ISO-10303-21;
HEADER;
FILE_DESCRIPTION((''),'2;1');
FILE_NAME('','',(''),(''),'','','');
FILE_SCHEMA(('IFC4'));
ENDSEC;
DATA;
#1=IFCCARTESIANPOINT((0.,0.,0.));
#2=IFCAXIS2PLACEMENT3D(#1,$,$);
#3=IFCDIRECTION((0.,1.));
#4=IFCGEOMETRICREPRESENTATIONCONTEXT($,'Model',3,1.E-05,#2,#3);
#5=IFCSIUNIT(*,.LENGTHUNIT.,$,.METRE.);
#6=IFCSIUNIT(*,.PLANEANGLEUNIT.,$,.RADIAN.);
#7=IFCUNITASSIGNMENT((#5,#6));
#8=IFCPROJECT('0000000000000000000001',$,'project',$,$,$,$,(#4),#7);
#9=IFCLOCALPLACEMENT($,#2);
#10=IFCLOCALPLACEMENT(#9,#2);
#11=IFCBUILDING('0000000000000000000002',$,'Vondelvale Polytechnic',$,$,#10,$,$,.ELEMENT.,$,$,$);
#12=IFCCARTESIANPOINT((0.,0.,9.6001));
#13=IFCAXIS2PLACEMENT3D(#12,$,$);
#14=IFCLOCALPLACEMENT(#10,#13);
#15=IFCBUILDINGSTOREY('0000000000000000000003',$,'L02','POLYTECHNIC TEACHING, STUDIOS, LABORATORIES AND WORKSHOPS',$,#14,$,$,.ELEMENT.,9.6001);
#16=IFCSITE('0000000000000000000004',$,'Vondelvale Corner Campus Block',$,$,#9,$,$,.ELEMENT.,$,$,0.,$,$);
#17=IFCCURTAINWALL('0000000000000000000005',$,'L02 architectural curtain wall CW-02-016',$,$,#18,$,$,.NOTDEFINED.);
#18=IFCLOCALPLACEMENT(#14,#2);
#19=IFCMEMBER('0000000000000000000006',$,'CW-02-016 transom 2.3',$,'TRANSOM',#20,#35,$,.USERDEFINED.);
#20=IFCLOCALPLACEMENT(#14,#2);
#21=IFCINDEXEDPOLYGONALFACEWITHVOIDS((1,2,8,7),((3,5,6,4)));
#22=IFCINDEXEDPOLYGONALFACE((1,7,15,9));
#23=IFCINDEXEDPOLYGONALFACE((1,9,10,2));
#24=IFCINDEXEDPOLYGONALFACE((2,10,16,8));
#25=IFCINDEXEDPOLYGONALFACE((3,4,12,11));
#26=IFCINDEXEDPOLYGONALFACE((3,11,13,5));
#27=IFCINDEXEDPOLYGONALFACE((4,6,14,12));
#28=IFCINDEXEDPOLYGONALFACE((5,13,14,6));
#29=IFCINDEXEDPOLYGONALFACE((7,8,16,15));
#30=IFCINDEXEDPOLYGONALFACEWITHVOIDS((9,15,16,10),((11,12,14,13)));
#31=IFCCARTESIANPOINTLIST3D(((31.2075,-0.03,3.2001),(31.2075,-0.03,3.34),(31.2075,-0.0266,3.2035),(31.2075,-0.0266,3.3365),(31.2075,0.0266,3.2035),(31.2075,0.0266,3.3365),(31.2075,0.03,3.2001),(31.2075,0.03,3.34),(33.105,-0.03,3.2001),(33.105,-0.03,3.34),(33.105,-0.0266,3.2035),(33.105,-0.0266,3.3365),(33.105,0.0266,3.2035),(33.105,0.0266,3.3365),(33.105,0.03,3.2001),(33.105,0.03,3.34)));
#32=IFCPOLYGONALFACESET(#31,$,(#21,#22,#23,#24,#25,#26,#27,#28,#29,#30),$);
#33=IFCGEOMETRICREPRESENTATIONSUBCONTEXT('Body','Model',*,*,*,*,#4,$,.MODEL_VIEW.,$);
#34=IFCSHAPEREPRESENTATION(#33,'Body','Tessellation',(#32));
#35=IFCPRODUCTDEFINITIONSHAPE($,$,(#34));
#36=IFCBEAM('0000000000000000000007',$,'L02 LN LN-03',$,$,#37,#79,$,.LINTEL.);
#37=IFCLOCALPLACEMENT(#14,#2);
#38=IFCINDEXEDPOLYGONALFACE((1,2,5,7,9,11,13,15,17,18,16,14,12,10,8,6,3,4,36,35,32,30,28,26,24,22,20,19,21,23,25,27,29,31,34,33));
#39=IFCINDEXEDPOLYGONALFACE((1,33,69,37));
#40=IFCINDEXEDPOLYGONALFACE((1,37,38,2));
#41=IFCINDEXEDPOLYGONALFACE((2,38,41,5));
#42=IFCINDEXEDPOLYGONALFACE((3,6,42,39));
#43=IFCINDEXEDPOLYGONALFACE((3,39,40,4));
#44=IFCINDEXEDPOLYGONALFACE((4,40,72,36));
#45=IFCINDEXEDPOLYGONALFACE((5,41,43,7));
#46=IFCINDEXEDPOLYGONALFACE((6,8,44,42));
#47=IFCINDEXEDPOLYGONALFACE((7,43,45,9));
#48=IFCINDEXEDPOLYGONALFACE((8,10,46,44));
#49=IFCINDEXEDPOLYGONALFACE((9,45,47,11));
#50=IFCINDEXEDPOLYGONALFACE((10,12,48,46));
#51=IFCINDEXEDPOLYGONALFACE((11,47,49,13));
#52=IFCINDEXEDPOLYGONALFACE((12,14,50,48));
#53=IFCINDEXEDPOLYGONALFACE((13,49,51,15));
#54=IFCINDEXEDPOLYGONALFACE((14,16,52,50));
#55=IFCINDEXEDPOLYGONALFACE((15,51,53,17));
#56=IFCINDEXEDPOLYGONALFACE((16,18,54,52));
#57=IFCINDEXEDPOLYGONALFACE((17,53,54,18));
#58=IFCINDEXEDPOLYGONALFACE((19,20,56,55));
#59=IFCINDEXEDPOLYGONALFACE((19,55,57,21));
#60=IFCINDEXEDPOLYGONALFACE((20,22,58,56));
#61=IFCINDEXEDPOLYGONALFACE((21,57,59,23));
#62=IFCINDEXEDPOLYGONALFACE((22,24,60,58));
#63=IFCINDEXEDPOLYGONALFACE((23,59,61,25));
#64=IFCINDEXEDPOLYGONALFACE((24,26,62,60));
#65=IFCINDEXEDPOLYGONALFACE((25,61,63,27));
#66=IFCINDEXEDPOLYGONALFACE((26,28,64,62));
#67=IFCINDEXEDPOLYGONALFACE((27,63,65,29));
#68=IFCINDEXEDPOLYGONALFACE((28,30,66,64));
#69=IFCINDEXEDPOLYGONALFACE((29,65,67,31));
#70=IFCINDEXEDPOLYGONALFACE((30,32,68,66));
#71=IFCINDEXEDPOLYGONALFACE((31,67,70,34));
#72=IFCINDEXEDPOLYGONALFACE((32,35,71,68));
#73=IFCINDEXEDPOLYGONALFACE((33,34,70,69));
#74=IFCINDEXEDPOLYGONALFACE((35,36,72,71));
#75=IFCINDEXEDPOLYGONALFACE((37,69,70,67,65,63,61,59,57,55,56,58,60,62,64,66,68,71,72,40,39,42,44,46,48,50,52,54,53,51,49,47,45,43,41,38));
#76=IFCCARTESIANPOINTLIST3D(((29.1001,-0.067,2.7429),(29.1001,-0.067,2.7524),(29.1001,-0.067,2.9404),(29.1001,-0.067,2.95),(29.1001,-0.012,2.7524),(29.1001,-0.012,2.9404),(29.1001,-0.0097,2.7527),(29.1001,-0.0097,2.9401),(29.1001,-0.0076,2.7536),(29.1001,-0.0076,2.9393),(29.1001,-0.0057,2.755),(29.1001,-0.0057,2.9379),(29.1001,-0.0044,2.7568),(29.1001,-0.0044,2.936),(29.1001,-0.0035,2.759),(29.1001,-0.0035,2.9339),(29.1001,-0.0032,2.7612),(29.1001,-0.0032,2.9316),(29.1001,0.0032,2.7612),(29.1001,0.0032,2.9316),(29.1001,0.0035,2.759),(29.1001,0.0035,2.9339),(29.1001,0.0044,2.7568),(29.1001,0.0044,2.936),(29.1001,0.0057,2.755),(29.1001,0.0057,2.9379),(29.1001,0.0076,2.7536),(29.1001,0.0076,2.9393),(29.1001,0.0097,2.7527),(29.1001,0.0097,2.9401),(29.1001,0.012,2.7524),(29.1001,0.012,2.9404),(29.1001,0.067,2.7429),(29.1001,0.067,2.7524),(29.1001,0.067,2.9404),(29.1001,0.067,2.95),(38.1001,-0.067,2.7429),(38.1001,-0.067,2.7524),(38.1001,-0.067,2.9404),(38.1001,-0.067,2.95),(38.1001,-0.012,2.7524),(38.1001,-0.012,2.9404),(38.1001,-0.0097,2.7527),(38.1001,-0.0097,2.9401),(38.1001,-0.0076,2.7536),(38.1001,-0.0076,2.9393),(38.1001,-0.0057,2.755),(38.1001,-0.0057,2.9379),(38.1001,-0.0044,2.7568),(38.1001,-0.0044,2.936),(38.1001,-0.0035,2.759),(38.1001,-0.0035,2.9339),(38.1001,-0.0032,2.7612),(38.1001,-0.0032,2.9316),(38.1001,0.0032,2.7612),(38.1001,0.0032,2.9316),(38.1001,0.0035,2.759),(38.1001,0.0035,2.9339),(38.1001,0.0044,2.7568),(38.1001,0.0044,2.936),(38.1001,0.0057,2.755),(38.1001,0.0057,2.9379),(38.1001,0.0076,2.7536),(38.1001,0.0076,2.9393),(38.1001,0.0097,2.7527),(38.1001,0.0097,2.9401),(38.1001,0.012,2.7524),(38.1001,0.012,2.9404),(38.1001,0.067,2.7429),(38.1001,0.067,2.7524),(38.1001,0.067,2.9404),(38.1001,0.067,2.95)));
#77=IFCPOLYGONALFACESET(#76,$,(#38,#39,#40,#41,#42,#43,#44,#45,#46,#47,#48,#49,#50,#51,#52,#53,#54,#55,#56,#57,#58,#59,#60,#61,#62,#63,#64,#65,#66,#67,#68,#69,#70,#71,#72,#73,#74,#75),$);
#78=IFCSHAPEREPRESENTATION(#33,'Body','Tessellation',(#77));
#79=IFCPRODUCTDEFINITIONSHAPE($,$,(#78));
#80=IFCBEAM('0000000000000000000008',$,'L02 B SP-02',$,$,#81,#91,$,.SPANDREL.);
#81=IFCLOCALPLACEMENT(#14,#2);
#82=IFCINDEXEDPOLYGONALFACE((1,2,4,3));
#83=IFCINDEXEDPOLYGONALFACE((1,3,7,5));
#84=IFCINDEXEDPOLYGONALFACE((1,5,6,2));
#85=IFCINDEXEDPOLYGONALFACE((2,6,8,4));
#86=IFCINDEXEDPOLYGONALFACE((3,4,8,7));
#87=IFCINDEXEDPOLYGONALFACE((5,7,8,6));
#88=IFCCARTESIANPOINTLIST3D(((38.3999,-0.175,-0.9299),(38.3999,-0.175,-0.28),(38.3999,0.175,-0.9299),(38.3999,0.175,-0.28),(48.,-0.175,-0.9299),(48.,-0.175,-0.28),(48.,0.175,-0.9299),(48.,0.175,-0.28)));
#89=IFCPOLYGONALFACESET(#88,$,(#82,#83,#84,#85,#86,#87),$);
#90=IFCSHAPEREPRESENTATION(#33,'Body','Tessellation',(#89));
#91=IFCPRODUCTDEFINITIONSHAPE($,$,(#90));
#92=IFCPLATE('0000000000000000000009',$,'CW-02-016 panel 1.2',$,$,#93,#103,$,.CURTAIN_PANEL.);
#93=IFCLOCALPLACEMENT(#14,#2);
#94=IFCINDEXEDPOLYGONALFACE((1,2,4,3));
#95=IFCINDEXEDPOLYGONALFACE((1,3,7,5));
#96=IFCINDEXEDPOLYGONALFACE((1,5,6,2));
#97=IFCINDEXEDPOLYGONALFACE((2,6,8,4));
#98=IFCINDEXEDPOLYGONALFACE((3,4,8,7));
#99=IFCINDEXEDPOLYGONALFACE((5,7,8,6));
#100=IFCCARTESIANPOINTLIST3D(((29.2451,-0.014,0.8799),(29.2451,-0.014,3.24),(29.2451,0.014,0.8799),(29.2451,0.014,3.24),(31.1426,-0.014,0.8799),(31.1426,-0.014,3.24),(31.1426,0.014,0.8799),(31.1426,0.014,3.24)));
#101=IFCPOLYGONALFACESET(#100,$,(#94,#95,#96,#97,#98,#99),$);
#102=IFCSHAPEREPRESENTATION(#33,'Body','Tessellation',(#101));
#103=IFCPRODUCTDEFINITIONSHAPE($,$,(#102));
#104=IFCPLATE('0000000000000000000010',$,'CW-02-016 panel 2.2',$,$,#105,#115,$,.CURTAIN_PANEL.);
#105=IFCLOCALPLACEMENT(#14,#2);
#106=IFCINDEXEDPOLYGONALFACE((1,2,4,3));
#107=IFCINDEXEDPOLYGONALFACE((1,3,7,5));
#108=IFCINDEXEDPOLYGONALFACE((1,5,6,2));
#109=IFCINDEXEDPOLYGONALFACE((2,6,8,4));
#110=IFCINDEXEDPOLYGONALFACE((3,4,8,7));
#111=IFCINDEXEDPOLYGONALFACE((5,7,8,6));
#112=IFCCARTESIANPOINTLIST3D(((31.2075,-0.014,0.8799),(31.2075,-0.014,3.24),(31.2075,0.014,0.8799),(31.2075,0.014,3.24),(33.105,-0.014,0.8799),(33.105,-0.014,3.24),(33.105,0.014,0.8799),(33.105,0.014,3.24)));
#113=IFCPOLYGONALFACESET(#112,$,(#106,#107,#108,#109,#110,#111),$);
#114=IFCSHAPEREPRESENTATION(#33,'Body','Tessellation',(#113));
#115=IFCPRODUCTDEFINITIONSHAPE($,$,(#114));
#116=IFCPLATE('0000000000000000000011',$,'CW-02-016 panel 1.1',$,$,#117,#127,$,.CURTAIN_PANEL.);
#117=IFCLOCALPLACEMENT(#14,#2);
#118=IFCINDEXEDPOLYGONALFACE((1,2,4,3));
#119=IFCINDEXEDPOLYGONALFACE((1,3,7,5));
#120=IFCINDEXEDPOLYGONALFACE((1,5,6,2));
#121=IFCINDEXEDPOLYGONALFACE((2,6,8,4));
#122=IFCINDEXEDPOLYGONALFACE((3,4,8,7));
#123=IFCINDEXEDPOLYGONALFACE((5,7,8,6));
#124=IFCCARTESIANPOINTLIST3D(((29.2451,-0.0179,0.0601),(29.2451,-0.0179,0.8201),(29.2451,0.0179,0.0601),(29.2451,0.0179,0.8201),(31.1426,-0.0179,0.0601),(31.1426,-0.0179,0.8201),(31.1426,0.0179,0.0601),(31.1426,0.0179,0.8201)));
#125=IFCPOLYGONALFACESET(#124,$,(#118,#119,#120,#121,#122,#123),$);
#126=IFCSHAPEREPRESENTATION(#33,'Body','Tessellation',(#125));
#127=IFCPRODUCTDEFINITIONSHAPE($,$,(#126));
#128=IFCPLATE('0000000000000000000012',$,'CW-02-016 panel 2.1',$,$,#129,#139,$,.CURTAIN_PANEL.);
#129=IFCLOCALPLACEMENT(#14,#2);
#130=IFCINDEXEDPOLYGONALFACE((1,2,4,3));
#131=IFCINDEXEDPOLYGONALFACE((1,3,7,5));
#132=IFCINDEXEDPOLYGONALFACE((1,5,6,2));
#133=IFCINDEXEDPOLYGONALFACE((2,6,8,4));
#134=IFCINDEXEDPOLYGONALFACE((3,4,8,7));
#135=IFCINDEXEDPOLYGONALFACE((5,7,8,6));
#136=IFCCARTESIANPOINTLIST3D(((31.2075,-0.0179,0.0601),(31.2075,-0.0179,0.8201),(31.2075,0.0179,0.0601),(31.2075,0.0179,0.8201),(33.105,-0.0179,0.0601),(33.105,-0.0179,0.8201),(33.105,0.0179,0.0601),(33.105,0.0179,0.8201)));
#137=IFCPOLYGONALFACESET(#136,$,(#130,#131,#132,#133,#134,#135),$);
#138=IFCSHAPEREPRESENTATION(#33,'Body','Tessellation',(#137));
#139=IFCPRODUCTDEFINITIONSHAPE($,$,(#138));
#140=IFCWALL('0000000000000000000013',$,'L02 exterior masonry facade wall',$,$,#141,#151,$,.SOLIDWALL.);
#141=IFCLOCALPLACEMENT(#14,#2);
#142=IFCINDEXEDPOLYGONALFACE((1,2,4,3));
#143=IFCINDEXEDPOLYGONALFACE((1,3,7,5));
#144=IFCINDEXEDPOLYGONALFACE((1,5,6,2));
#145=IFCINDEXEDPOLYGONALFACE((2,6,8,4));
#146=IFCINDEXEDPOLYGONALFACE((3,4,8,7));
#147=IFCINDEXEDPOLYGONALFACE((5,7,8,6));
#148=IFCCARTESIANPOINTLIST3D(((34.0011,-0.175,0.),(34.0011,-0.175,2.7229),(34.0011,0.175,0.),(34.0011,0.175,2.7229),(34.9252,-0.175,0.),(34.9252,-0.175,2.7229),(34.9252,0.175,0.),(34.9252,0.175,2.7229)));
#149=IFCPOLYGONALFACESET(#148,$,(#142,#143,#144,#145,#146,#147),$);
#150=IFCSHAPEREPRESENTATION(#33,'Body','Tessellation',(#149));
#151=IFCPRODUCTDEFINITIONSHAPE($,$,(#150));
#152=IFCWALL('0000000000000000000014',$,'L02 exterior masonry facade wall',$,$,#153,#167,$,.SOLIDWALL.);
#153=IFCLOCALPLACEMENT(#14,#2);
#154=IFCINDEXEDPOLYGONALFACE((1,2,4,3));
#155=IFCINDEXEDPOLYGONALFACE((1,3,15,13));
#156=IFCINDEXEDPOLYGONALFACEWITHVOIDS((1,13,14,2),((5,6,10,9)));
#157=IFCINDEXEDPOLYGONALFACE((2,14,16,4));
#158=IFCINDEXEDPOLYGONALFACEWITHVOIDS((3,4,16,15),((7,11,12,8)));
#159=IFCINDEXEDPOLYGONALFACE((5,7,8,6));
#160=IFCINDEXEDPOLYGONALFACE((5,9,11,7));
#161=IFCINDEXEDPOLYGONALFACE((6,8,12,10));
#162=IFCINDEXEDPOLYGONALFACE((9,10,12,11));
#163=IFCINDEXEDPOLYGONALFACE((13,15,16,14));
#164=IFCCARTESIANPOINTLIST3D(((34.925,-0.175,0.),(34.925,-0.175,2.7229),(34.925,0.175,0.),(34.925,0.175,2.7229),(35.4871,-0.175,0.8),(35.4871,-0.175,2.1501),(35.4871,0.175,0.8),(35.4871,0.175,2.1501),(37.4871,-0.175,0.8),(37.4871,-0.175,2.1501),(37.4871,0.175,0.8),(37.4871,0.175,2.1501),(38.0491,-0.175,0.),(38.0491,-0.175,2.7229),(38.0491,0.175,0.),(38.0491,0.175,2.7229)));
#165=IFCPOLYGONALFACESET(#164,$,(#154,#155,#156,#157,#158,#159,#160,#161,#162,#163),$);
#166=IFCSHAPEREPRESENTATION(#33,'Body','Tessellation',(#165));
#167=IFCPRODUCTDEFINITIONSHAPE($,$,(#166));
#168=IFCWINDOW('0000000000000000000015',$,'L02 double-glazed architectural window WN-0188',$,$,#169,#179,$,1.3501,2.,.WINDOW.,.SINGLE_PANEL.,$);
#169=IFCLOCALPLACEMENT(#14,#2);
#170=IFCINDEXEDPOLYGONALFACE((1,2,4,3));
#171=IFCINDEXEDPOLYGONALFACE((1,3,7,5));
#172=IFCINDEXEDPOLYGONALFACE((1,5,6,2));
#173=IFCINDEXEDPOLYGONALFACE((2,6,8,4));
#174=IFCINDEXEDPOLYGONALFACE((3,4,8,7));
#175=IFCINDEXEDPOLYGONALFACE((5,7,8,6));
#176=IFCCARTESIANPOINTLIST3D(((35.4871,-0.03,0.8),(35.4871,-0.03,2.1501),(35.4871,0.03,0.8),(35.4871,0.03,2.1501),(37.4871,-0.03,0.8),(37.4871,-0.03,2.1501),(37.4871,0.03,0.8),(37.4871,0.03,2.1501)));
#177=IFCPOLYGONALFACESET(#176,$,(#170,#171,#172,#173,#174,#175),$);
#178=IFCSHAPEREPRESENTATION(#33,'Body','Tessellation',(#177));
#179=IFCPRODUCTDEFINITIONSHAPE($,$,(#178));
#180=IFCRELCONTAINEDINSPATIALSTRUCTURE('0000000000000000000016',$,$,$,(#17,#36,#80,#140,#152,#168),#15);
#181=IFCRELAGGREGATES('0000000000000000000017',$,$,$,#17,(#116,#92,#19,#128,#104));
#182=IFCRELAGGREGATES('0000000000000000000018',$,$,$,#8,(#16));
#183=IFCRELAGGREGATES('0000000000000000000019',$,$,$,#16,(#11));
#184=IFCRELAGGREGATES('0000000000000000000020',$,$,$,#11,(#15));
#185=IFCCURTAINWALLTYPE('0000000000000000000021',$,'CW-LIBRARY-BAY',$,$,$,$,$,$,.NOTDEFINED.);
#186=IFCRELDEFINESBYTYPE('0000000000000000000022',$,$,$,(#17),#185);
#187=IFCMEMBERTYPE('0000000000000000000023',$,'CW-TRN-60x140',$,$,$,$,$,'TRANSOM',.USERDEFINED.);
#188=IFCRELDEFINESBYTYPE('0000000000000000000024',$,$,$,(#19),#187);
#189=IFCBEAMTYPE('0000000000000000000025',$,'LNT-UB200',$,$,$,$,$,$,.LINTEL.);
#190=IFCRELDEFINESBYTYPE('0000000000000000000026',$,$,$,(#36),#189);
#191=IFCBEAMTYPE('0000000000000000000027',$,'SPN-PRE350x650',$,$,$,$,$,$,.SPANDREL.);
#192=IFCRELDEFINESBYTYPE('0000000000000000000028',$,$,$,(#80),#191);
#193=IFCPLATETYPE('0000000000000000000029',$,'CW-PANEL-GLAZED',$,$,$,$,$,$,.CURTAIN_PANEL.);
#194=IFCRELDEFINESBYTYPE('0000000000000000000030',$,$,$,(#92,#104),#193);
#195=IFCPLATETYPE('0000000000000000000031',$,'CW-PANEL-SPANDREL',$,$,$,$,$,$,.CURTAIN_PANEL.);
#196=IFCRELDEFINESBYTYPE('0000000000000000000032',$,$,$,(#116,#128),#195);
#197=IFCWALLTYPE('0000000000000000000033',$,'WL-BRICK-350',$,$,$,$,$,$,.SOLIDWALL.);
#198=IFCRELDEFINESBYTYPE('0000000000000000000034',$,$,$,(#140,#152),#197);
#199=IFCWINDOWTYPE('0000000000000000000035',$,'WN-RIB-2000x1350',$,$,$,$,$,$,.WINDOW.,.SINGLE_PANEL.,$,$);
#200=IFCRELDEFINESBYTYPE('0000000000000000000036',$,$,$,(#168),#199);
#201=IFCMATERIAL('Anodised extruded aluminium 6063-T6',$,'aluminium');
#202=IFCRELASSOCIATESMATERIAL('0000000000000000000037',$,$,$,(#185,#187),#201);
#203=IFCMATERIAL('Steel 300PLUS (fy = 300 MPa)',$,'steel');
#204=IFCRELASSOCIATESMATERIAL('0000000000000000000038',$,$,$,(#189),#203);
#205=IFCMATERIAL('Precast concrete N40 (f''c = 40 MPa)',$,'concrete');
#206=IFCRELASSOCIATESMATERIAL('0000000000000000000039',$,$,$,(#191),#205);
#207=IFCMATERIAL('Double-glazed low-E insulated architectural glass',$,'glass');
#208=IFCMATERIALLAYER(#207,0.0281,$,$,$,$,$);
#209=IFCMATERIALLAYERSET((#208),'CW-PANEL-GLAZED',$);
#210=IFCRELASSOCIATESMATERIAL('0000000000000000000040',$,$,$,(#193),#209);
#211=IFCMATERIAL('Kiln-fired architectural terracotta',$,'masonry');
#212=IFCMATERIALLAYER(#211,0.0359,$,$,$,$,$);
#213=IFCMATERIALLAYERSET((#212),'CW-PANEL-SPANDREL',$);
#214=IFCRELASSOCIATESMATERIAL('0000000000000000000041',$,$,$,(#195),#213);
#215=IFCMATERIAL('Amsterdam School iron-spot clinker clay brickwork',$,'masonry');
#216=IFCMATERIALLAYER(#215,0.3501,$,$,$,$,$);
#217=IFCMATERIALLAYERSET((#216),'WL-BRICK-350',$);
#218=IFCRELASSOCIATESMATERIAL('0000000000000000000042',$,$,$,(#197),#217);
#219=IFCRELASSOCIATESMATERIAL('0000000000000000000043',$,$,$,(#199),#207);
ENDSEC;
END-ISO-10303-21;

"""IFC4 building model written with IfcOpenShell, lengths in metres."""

from ifc_helpers import new_model, si_unit, direction, frame, frame_2d, origin, origin_2d, place, context, subcontext, project, spatial, rectangle, hollow_rectangle, i_section, extrude, material, layer, layer_set, material_profile, profile_set, type_object, element, fill, aggregate, save


model = new_model("IFC4")

# Units and contexts
model_context = context("Model", 3, precision=1e-05, world=origin(), true_north=direction((0.0, 1.0)))
body_context = subcontext(model_context, "Body", "Model", "MODEL_VIEW")
ifc_project = project(units=[si_unit("LENGTHUNIT", "METRE"), si_unit("PLANEANGLEUNIT", "RADIAN")], contexts=[model_context])

# Site, building, storey
site_placement = place(None, origin())
site = spatial("IfcSite", under=ifc_project, at=site_placement, Name="Vondelvale Corner Campus Block", CompositionType="ELEMENT", RefElevation=0.0)
building_placement = place(site_placement, origin())
building = spatial("IfcBuilding", under=site, at=building_placement, Name="Vondelvale Polytechnic", CompositionType="ELEMENT")
storey_placement = place(building_placement, frame((0.0, 0.0, 9.6001)))
storey = spatial("IfcBuildingStorey", under=building, at=storey_placement, Name="L02", Description="POLYTECHNIC TEACHING, STUDIOS, LABORATORIES AND WORKSHOPS", CompositionType="ELEMENT", Elevation=9.6001)

# Curtain wall, member
ifc_material_1 = material(Name="Anodised extruded aluminium 6063-T6", Category="aluminium")
curtain_wall_type = type_object("IfcCurtainWallType", Name="CW-LIBRARY-BAY", PredefinedType="NOTDEFINED", material=ifc_material_1)
curtain_wall_placement = place(storey_placement, origin())
curtain_wall = element("IfcCurtainWall", 1, at=curtain_wall_placement, inside=storey, type_object=curtain_wall_type, Name="L02 architectural curtain wall CW-02-016", PredefinedType="NOTDEFINED")
ifc_material_profile_1 = material_profile(ifc_material_1, hollow_rectangle(XDim=0.0601, YDim=0.1399, WallThickness=0.0034, at=origin_2d()), Name="CW-TRN-140x60")
ifc_profile_set_1 = profile_set([ifc_material_profile_1], Name="Anodised extruded aluminium 6063-T6")
member_type_1 = type_object("IfcMemberType", Name="CW-TRN-60x140", ElementType="TRANSOM", PredefinedType="USERDEFINED", material=ifc_profile_set_1)
member_1_placement = place(storey_placement, frame((31.2075, 0.0, 3.27), z_axis=(1.0, 0.0, 0.0), x_axis=(0.0, 1.0, 0.0)))
member_1 = element("IfcMember", 2, at=member_1_placement, type_object=member_type_1, Name="CW-02-016 transom 2.3", ObjectType="TRANSOM", PredefinedType="USERDEFINED", context=body_context, shape_type="SweptSolid", body=[
    extrude(hollow_rectangle(XDim=0.0601, YDim=0.1399, WallThickness=0.0034, at=origin_2d()), origin(), (0.0, 0.0, 1.0), 1.8975),
])

# Beams
ifc_material_2 = material(Name="Steel 300PLUS (fy = 300 MPa)", Category="steel")
ifc_material_profile_2 = material_profile(ifc_material_2, i_section(OverallWidth=0.134, OverallDepth=0.207, WebThickness=0.0063, FlangeThickness=0.0095, FilletRadius=0.0088, at=origin_2d()), Name="200UB29.8")
ifc_profile_set_2 = profile_set([ifc_material_profile_2], Name="Steel 300PLUS (fy = 300 MPa)")
beam_type_1 = type_object("IfcBeamType", Name="LNT-UB200", PredefinedType="LINTEL", material=ifc_profile_set_2)
beam_1_placement = place(storey_placement, frame((29.1001, 0.0, 2.8464), z_axis=(1.0, 0.0, 0.0), x_axis=(0.0, 1.0, 0.0)))
element("IfcBeam", 3, at=beam_1_placement, inside=storey, type_object=beam_type_1, Name="L02 LN LN-03", PredefinedType="LINTEL", context=body_context, shape_type="SweptSolid", body=[
    extrude(i_section(OverallWidth=0.134, OverallDepth=0.207, WebThickness=0.0063, FlangeThickness=0.0095, FilletRadius=0.0088, at=origin_2d()), origin(), (0.0, 0.0, 1.0), 9.0),
])
ifc_material_3 = material(Name="Precast concrete N40 (f'c = 40 MPa)", Category="concrete")
ifc_material_profile_3 = material_profile(ifc_material_3, rectangle(XDim=0.3501, YDim=0.6499, at=origin_2d()), Name="RC-SPN-350x650")
ifc_profile_set_3 = profile_set([ifc_material_profile_3], Name="Precast concrete N40 (f'c = 40 MPa)")
beam_type_2 = type_object("IfcBeamType", Name="SPN-PRE350x650", PredefinedType="SPANDREL", material=ifc_profile_set_3)
beam_2_placement = place(storey_placement, frame((38.3999, 0.0, -0.605), z_axis=(1.0, 0.0, 0.0), x_axis=(0.0, 1.0, 0.0)))
element("IfcBeam", 4, at=beam_2_placement, inside=storey, type_object=beam_type_2, Name="L02 B SP-02", PredefinedType="SPANDREL", context=body_context, shape_type="SweptSolid", body=[
    extrude(rectangle(XDim=0.3501, YDim=0.6499, at=origin_2d()), origin(), (0.0, 0.0, 1.0), 9.6001),
])

# Plates
ifc_material_4 = material(Name="Double-glazed low-E insulated architectural glass", Category="glass")
ifc_layer_1 = layer(ifc_material_4, 0.0281)
ifc_layer_set_1 = layer_set([ifc_layer_1], Name="CW-PANEL-GLAZED")
plate_type_1 = type_object("IfcPlateType", Name="CW-PANEL-GLAZED", PredefinedType="CURTAIN_PANEL", material=ifc_layer_set_1)
plate_1_placement = place(storey_placement, frame((30.1938, 0.0, 0.8799), z_axis=(0.0, 0.0, 1.0), x_axis=(1.0, 0.0, 0.0)))
plate_1 = element("IfcPlate", 5, at=plate_1_placement, type_object=plate_type_1, Name="CW-02-016 panel 1.2", PredefinedType="CURTAIN_PANEL", context=body_context, shape_type="SweptSolid", body=[
    extrude(rectangle(XDim=1.8975, YDim=0.0281, at=origin_2d()), origin(), (0.0, 0.0, 1.0), 2.3601),
])
plate_2_placement = place(storey_placement, frame((32.1562, 0.0, 0.8799), z_axis=(0.0, 0.0, 1.0), x_axis=(1.0, 0.0, 0.0)))
plate_2 = element("IfcPlate", 6, at=plate_2_placement, type_object=plate_type_1, Name="CW-02-016 panel 2.2", PredefinedType="CURTAIN_PANEL", context=body_context, shape_type="SweptSolid", body=[
    extrude(rectangle(XDim=1.8975, YDim=0.0281, at=origin_2d()), origin(), (0.0, 0.0, 1.0), 2.3601),
])
ifc_material_5 = material(Name="Kiln-fired architectural terracotta", Category="masonry")
ifc_layer_2 = layer(ifc_material_5, 0.0359)
ifc_layer_set_2 = layer_set([ifc_layer_2], Name="CW-PANEL-SPANDREL")
plate_type_2 = type_object("IfcPlateType", Name="CW-PANEL-SPANDREL", PredefinedType="CURTAIN_PANEL", material=ifc_layer_set_2)
plate_3_placement = place(storey_placement, frame((30.1938, 0.0, 0.0601), z_axis=(0.0, 0.0, 1.0), x_axis=(1.0, 0.0, 0.0)))
plate_3 = element("IfcPlate", 7, at=plate_3_placement, type_object=plate_type_2, Name="CW-02-016 panel 1.1", PredefinedType="CURTAIN_PANEL", context=body_context, shape_type="SweptSolid", body=[
    extrude(rectangle(XDim=1.8975, YDim=0.0359, at=origin_2d()), origin(), (0.0, 0.0, 1.0), 0.76),
])
plate_4_placement = place(storey_placement, frame((32.1562, 0.0, 0.0601), z_axis=(0.0, 0.0, 1.0), x_axis=(1.0, 0.0, 0.0)))
plate_4 = element("IfcPlate", 8, at=plate_4_placement, type_object=plate_type_2, Name="CW-02-016 panel 2.1", PredefinedType="CURTAIN_PANEL", context=body_context, shape_type="SweptSolid", body=[
    extrude(rectangle(XDim=1.8975, YDim=0.0359, at=origin_2d()), origin(), (0.0, 0.0, 1.0), 0.76),
])
aggregate(curtain_wall, [plate_3, plate_1, member_1, plate_4, plate_2])

# Wall
ifc_material_6 = material(Name="Amsterdam School iron-spot clinker clay brickwork", Category="masonry")
ifc_layer_3 = layer(ifc_material_6, 0.3501)
ifc_layer_set_3 = layer_set([ifc_layer_3], Name="WL-BRICK-350")
wall_type = type_object("IfcWallType", Name="WL-BRICK-350", PredefinedType="SOLIDWALL", material=ifc_layer_set_3)
wall_1_placement = place(storey_placement, frame((34.925, 0.0, 0.0), z_axis=(0.0, 0.0, 1.0), x_axis=(-1.0, 0.0, 0.0)))
element("IfcWall", 9, at=wall_1_placement, inside=storey, type_object=wall_type, Name="L02 exterior masonry facade wall", PredefinedType="SOLIDWALL", context=body_context, shape_type="SweptSolid", body=[
    extrude(rectangle(XDim=0.9241, YDim=0.3501, at=frame_2d((0.4619, 0.0))), origin(), (0.0, 0.0, 1.0), 2.7229),
])

# Wall, opening, window
wall_2_placement = place(storey_placement, frame((38.0491, 0.0, 0.0), z_axis=(0.0, 0.0, 1.0), x_axis=(-1.0, 0.0, 0.0)))
wall_2 = element("IfcWall", 10, at=wall_2_placement, inside=storey, type_object=wall_type, Name="L02 exterior masonry facade wall", PredefinedType="SOLIDWALL", context=body_context, shape_type="SweptSolid", body=[
    extrude(rectangle(XDim=3.124, YDim=0.3501, at=frame_2d((1.562, 0.0))), origin(), (0.0, 0.0, 1.0), 2.7229),
])
opening_placement = place(wall_2_placement, frame((0.562, 0.0, 0.8)))
opening = element("IfcOpeningElement", 11, at=opening_placement, cuts=wall_2, PredefinedType="OPENING", context=body_context, shape_type="SweptSolid", body=[
    extrude(rectangle(XDim=2.0, YDim=1.3501, at=frame_2d((1.0, 0.675))), frame((0.0, 0.1851, 0.0), z_axis=(0.0, -1.0, 0.0), x_axis=(1.0, 0.0, 0.0)), (0.0, 0.0, 1.0), 0.3701),
])
window_type = type_object("IfcWindowType", Name="WN-RIB-2000x1350", PartitioningType="SINGLE_PANEL", PredefinedType="WINDOW", material=ifc_material_4)
window_placement = place(opening_placement, origin())
window = element("IfcWindow", 12, at=window_placement, inside=storey, type_object=window_type, Name="L02 double-glazed architectural window WN-0188", OverallHeight=1.3501, OverallWidth=2.0, PartitioningType="SINGLE_PANEL", PredefinedType="WINDOW", context=body_context, shape_type="SweptSolid", body=[
    extrude(rectangle(XDim=2.0, YDim=1.3501, at=frame_2d((1.0, 0.675))), frame((0.0, 0.03, 0.0), z_axis=(0.0, -1.0, 0.0), x_axis=(1.0, 0.0, 0.0)), (0.0, 0.0, 1.0), 0.0601),
])
fill(opening, window)

save(model, "model.ifc")
